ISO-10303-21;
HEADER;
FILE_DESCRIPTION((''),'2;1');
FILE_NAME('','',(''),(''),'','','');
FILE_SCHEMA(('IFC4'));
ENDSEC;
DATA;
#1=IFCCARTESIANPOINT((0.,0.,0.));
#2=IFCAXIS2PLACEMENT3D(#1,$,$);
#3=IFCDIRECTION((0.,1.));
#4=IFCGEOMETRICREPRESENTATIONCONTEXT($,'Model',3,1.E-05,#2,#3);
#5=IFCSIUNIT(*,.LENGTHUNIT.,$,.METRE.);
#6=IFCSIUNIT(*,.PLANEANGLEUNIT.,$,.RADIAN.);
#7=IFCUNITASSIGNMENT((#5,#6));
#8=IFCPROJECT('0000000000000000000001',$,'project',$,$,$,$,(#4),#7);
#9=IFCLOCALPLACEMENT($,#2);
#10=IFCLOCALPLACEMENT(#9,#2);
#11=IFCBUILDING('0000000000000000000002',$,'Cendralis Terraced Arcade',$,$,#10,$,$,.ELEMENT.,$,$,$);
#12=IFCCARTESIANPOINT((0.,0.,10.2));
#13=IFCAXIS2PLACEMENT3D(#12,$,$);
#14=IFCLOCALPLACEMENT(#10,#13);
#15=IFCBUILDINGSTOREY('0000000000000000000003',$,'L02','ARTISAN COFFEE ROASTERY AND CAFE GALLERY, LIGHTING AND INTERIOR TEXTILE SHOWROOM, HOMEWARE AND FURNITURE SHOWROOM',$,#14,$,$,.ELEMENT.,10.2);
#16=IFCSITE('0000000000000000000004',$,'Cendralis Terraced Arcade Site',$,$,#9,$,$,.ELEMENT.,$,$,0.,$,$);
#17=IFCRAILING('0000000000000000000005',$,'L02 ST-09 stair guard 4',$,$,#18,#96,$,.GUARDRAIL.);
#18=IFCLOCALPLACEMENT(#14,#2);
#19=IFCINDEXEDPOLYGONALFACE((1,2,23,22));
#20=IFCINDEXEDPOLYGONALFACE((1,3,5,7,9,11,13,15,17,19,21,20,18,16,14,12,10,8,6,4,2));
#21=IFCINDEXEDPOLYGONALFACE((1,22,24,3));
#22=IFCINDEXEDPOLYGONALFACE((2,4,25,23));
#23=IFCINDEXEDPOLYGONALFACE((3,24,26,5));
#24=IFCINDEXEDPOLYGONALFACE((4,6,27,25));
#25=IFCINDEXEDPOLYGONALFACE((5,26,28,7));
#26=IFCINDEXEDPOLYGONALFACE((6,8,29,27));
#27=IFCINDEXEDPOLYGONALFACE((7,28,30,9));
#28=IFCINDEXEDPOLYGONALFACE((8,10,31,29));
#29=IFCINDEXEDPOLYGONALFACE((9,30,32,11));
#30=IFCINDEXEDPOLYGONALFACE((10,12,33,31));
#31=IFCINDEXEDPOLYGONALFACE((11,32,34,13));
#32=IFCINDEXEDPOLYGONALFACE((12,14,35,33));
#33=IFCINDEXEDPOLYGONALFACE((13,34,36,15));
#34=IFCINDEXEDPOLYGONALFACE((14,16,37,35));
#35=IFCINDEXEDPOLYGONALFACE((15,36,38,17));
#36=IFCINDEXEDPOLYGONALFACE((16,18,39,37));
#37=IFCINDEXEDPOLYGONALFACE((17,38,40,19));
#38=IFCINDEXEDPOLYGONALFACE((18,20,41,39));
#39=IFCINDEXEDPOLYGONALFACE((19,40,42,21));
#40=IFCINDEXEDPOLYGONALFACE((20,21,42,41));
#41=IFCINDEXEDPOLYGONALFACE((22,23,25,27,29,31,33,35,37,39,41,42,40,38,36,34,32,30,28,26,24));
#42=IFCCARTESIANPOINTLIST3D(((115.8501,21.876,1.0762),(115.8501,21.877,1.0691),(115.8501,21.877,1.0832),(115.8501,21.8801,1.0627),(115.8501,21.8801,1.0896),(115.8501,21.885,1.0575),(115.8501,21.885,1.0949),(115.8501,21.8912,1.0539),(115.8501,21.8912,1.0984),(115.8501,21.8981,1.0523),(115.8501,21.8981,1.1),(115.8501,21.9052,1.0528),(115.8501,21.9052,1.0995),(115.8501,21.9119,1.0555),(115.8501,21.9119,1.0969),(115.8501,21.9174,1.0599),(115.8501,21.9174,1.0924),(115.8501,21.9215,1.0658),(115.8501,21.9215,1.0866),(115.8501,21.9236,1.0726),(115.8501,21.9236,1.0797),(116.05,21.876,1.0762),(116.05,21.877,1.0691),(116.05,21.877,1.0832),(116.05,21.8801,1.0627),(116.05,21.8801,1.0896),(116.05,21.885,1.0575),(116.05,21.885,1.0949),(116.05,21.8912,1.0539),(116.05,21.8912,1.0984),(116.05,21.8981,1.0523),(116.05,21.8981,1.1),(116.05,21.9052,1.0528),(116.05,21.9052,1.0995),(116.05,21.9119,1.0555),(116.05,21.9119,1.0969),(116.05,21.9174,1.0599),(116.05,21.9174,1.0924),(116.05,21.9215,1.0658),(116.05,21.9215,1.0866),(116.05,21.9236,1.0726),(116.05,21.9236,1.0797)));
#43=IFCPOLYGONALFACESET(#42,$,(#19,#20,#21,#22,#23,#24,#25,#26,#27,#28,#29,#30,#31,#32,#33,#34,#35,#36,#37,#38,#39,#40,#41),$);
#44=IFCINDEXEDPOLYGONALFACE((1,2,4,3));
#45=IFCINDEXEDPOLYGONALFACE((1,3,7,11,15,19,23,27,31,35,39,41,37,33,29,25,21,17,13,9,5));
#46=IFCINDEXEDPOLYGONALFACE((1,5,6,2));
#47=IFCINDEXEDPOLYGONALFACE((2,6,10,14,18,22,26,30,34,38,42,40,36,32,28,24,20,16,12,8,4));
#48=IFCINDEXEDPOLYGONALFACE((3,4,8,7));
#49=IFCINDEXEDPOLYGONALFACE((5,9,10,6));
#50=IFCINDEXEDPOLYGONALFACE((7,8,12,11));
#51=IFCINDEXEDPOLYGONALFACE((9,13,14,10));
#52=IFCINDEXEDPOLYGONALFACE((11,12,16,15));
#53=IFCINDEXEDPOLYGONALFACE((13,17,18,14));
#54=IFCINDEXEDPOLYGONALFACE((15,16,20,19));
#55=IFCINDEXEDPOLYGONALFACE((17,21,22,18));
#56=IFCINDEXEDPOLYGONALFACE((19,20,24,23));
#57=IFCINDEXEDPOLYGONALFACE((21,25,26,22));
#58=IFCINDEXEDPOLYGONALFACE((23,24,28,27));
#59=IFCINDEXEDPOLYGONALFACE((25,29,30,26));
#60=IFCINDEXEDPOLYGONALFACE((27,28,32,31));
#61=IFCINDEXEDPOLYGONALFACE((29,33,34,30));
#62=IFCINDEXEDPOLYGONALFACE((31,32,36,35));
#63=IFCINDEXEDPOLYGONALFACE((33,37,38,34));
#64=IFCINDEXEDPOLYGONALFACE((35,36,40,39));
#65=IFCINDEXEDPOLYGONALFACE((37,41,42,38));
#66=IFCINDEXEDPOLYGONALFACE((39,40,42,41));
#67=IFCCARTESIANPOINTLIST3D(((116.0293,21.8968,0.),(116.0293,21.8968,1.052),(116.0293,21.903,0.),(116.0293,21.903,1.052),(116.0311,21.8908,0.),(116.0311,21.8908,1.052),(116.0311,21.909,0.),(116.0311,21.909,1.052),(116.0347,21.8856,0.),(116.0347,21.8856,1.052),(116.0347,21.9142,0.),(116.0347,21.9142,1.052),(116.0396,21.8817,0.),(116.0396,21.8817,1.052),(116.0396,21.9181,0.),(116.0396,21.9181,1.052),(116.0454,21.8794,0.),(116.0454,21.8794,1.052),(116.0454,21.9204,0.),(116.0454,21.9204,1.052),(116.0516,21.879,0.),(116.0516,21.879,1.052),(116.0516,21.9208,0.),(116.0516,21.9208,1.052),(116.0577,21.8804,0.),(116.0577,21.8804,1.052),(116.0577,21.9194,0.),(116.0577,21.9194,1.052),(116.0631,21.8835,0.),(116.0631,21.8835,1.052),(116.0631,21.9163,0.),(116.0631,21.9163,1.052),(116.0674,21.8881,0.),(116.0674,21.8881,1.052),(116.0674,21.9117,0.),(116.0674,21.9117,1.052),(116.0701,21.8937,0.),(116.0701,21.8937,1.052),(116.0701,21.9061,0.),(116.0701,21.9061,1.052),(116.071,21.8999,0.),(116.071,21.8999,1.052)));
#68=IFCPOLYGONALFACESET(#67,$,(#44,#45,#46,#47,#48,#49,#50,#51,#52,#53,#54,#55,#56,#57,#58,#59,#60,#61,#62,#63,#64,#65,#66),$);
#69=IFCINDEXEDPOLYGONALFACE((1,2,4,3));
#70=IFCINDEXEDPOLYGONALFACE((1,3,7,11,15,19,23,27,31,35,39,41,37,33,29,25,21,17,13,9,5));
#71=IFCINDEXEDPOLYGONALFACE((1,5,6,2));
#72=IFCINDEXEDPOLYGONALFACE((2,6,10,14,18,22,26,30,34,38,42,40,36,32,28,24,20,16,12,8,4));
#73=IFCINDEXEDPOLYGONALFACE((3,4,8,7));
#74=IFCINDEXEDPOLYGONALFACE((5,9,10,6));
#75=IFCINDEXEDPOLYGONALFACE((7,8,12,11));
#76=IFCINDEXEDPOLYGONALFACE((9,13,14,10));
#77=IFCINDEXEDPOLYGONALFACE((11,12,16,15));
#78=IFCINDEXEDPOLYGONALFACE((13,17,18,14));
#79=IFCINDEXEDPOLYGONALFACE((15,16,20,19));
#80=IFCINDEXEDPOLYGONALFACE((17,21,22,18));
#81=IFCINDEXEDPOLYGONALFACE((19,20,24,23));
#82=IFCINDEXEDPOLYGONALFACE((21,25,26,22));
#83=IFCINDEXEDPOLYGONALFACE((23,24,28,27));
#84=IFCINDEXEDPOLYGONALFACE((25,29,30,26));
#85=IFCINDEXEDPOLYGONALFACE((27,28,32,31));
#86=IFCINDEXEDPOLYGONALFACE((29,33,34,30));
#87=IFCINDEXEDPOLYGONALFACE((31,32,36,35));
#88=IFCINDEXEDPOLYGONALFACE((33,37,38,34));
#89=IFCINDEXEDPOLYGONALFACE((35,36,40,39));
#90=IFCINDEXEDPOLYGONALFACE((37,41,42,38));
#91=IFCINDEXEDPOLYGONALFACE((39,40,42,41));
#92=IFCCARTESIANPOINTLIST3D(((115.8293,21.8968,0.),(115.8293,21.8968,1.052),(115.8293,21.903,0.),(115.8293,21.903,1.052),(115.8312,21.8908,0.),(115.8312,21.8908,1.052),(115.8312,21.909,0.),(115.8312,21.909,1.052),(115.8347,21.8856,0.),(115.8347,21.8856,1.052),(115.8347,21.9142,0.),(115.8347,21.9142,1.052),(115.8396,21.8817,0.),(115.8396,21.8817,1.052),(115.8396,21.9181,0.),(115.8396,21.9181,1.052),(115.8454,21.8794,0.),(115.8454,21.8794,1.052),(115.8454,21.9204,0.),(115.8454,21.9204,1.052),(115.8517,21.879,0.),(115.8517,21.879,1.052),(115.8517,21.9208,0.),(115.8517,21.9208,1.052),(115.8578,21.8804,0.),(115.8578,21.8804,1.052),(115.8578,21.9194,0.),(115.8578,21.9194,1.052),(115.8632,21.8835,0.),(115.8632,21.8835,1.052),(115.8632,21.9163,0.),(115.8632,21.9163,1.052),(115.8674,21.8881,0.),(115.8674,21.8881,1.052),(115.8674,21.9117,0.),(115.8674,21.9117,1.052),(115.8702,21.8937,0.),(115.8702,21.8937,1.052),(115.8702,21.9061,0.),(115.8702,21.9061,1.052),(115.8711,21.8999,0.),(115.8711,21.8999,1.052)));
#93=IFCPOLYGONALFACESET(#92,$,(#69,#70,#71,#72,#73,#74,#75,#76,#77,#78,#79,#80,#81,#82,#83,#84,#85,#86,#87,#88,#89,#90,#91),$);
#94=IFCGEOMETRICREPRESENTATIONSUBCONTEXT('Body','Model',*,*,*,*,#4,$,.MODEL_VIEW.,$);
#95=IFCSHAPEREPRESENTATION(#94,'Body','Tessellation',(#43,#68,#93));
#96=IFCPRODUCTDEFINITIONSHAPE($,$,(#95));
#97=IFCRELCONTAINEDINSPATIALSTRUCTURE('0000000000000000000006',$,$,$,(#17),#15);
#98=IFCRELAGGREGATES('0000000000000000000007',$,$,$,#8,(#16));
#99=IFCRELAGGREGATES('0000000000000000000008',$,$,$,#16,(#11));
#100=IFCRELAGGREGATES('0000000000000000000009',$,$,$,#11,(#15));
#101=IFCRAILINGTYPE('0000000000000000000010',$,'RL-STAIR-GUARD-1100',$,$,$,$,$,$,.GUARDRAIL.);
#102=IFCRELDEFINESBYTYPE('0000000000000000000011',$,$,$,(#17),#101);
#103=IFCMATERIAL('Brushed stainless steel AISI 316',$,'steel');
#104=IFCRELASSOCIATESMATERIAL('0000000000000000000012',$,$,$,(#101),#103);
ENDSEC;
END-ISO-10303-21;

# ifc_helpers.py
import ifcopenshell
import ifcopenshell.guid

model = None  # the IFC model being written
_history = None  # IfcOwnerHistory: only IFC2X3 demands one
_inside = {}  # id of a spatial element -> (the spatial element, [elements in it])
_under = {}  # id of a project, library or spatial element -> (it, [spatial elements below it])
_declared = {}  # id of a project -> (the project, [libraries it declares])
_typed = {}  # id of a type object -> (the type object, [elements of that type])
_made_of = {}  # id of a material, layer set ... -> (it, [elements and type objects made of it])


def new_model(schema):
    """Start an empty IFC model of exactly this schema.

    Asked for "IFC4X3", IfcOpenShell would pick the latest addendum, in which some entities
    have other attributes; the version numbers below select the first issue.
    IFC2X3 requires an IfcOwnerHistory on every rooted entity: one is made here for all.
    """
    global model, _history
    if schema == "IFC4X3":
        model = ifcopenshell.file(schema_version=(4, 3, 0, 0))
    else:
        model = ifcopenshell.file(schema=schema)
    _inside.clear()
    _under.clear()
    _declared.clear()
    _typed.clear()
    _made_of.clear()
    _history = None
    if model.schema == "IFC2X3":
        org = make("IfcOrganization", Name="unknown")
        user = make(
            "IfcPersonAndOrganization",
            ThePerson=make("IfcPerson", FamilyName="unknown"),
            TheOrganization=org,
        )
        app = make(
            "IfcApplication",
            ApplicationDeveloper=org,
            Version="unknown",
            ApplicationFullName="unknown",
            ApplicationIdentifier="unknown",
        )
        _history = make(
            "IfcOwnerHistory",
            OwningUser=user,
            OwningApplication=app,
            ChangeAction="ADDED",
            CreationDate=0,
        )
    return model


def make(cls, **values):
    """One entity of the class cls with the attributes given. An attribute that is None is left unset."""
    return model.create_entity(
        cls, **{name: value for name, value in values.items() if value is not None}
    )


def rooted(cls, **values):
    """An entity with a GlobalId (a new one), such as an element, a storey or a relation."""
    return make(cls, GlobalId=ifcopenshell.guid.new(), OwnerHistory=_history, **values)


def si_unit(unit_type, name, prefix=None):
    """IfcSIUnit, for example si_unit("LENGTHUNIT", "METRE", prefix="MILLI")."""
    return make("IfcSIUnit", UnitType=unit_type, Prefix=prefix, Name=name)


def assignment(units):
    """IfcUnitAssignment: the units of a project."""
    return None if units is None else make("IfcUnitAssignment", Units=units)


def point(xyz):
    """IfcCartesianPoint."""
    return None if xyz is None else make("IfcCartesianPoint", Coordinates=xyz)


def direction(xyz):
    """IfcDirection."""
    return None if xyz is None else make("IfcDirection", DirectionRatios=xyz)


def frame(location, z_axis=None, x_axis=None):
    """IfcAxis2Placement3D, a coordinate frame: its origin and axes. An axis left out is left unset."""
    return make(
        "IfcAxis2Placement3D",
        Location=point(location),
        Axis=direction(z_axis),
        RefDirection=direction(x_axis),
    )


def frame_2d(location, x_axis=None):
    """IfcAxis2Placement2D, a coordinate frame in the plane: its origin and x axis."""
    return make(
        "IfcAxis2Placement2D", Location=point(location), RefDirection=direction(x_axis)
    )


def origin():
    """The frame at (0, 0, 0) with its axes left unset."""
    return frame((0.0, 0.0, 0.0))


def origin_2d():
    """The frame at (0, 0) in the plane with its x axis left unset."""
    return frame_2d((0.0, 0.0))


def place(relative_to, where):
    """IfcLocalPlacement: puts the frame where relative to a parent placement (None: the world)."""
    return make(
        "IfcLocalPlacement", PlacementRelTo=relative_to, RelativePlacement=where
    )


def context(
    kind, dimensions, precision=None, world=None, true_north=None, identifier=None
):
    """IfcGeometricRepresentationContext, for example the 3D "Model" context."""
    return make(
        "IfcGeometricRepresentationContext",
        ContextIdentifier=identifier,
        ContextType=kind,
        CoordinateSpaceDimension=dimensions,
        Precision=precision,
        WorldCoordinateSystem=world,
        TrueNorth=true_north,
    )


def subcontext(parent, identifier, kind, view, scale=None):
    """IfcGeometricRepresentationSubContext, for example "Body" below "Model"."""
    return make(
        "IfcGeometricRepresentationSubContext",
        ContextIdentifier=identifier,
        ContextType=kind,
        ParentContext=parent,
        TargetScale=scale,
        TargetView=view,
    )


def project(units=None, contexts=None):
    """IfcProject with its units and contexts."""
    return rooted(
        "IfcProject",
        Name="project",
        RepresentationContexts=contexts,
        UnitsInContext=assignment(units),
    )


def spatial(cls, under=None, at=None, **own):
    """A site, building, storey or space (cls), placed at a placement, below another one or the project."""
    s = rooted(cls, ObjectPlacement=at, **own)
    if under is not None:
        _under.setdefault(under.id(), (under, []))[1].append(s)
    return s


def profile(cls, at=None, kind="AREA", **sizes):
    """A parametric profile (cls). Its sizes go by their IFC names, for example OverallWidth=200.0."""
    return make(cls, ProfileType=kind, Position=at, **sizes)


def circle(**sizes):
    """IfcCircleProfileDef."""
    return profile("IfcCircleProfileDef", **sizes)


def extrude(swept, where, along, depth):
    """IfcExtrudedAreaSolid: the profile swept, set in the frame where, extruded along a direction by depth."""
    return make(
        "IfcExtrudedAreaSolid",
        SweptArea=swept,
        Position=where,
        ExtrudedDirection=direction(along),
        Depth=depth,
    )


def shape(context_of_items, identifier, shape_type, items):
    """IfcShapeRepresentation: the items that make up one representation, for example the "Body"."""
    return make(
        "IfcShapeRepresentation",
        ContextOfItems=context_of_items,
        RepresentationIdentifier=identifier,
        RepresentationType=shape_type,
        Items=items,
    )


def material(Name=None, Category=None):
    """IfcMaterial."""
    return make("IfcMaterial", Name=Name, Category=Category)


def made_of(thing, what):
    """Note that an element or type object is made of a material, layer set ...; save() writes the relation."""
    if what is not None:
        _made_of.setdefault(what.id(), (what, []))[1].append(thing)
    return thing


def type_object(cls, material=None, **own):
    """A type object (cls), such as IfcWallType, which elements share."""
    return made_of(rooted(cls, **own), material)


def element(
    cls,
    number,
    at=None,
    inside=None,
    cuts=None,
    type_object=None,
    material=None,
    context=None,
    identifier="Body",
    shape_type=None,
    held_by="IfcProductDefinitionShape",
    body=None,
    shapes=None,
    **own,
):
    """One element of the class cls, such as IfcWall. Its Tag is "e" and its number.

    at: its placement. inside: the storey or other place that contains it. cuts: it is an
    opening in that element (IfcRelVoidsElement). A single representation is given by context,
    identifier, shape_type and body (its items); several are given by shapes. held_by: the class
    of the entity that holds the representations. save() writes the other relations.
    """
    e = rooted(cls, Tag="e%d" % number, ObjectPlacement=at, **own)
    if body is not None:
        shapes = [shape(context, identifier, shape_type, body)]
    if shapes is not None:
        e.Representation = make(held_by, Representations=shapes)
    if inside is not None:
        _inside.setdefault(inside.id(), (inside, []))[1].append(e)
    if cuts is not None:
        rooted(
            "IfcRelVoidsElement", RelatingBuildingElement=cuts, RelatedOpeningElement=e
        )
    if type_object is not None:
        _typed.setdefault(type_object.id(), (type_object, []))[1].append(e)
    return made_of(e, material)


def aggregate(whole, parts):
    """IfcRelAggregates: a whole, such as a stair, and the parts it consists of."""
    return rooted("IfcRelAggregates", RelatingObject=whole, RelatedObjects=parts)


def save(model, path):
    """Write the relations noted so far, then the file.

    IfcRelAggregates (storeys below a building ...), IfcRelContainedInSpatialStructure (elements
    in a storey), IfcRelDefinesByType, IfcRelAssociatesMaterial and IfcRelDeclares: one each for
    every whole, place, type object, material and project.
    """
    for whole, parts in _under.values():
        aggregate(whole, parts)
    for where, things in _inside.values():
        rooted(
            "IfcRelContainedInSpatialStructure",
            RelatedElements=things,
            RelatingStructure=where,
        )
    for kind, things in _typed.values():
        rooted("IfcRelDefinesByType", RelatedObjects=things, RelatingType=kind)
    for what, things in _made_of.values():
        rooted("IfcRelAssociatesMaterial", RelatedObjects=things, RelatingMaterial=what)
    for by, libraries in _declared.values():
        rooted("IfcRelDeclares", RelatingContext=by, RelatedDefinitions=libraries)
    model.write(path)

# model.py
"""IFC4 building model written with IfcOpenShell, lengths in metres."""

from ifc_helpers import new_model, si_unit, direction, frame, origin, origin_2d, place, context, subcontext, project, spatial, circle, extrude, material, type_object, element, save


model = new_model("IFC4")

# Units and contexts
model_context = context("Model", 3, precision=1e-05, world=origin(), true_north=direction((0.0, 1.0)))
body_context = subcontext(model_context, "Body", "Model", "MODEL_VIEW")
ifc_project = project(units=[si_unit("LENGTHUNIT", "METRE"), si_unit("PLANEANGLEUNIT", "RADIAN")], contexts=[model_context])

# Site, building, storey
site_placement = place(None, origin())
site = spatial("IfcSite", under=ifc_project, at=site_placement, Name="Cendralis Terraced Arcade Site", CompositionType="ELEMENT", RefElevation=0.0)
building_placement = place(site_placement, origin())
building = spatial("IfcBuilding", under=site, at=building_placement, Name="Cendralis Terraced Arcade", CompositionType="ELEMENT")
storey_placement = place(building_placement, frame((0.0, 0.0, 10.2)))
storey = spatial("IfcBuildingStorey", under=building, at=storey_placement, Name="L02", Description="ARTISAN COFFEE ROASTERY AND CAFE GALLERY, LIGHTING AND INTERIOR TEXTILE SHOWROOM, HOMEWARE AND FURNITURE SHOWROOM", CompositionType="ELEMENT", Elevation=10.2)

# Railing
ifc_material_1 = material(Name="Brushed stainless steel AISI 316", Category="steel")
railing_type_1 = type_object("IfcRailingType", Name="RL-STAIR-GUARD-1100", PredefinedType="GUARDRAIL", material=ifc_material_1)
railing_1_placement = place(storey_placement, frame((116.05, 21.8999, 0.0)))
element("IfcRailing", 1, at=railing_1_placement, inside=storey, type_object=railing_type_1, Name="L02 ST-09 stair guard 4", PredefinedType="GUARDRAIL", context=body_context, shape_type="SweptSolid", body=[
    extrude(circle(Radius=0.0239, at=origin_2d()), frame((0.0, 0.0, 1.0762), z_axis=(-1.0, 0.0, 0.0), x_axis=(0.0, -1.0, 0.0)), (0.0, 0.0, 1.0), 0.2),
    extrude(circle(Radius=0.021, at=origin_2d()), origin(), (0.0, 0.0, 1.0), 1.052),
    extrude(circle(Radius=0.021, at=origin_2d()), frame((-0.2, 0.0, 0.0)), (0.0, 0.0, 1.0), 1.052),
])

save(model, "model.ifc")
